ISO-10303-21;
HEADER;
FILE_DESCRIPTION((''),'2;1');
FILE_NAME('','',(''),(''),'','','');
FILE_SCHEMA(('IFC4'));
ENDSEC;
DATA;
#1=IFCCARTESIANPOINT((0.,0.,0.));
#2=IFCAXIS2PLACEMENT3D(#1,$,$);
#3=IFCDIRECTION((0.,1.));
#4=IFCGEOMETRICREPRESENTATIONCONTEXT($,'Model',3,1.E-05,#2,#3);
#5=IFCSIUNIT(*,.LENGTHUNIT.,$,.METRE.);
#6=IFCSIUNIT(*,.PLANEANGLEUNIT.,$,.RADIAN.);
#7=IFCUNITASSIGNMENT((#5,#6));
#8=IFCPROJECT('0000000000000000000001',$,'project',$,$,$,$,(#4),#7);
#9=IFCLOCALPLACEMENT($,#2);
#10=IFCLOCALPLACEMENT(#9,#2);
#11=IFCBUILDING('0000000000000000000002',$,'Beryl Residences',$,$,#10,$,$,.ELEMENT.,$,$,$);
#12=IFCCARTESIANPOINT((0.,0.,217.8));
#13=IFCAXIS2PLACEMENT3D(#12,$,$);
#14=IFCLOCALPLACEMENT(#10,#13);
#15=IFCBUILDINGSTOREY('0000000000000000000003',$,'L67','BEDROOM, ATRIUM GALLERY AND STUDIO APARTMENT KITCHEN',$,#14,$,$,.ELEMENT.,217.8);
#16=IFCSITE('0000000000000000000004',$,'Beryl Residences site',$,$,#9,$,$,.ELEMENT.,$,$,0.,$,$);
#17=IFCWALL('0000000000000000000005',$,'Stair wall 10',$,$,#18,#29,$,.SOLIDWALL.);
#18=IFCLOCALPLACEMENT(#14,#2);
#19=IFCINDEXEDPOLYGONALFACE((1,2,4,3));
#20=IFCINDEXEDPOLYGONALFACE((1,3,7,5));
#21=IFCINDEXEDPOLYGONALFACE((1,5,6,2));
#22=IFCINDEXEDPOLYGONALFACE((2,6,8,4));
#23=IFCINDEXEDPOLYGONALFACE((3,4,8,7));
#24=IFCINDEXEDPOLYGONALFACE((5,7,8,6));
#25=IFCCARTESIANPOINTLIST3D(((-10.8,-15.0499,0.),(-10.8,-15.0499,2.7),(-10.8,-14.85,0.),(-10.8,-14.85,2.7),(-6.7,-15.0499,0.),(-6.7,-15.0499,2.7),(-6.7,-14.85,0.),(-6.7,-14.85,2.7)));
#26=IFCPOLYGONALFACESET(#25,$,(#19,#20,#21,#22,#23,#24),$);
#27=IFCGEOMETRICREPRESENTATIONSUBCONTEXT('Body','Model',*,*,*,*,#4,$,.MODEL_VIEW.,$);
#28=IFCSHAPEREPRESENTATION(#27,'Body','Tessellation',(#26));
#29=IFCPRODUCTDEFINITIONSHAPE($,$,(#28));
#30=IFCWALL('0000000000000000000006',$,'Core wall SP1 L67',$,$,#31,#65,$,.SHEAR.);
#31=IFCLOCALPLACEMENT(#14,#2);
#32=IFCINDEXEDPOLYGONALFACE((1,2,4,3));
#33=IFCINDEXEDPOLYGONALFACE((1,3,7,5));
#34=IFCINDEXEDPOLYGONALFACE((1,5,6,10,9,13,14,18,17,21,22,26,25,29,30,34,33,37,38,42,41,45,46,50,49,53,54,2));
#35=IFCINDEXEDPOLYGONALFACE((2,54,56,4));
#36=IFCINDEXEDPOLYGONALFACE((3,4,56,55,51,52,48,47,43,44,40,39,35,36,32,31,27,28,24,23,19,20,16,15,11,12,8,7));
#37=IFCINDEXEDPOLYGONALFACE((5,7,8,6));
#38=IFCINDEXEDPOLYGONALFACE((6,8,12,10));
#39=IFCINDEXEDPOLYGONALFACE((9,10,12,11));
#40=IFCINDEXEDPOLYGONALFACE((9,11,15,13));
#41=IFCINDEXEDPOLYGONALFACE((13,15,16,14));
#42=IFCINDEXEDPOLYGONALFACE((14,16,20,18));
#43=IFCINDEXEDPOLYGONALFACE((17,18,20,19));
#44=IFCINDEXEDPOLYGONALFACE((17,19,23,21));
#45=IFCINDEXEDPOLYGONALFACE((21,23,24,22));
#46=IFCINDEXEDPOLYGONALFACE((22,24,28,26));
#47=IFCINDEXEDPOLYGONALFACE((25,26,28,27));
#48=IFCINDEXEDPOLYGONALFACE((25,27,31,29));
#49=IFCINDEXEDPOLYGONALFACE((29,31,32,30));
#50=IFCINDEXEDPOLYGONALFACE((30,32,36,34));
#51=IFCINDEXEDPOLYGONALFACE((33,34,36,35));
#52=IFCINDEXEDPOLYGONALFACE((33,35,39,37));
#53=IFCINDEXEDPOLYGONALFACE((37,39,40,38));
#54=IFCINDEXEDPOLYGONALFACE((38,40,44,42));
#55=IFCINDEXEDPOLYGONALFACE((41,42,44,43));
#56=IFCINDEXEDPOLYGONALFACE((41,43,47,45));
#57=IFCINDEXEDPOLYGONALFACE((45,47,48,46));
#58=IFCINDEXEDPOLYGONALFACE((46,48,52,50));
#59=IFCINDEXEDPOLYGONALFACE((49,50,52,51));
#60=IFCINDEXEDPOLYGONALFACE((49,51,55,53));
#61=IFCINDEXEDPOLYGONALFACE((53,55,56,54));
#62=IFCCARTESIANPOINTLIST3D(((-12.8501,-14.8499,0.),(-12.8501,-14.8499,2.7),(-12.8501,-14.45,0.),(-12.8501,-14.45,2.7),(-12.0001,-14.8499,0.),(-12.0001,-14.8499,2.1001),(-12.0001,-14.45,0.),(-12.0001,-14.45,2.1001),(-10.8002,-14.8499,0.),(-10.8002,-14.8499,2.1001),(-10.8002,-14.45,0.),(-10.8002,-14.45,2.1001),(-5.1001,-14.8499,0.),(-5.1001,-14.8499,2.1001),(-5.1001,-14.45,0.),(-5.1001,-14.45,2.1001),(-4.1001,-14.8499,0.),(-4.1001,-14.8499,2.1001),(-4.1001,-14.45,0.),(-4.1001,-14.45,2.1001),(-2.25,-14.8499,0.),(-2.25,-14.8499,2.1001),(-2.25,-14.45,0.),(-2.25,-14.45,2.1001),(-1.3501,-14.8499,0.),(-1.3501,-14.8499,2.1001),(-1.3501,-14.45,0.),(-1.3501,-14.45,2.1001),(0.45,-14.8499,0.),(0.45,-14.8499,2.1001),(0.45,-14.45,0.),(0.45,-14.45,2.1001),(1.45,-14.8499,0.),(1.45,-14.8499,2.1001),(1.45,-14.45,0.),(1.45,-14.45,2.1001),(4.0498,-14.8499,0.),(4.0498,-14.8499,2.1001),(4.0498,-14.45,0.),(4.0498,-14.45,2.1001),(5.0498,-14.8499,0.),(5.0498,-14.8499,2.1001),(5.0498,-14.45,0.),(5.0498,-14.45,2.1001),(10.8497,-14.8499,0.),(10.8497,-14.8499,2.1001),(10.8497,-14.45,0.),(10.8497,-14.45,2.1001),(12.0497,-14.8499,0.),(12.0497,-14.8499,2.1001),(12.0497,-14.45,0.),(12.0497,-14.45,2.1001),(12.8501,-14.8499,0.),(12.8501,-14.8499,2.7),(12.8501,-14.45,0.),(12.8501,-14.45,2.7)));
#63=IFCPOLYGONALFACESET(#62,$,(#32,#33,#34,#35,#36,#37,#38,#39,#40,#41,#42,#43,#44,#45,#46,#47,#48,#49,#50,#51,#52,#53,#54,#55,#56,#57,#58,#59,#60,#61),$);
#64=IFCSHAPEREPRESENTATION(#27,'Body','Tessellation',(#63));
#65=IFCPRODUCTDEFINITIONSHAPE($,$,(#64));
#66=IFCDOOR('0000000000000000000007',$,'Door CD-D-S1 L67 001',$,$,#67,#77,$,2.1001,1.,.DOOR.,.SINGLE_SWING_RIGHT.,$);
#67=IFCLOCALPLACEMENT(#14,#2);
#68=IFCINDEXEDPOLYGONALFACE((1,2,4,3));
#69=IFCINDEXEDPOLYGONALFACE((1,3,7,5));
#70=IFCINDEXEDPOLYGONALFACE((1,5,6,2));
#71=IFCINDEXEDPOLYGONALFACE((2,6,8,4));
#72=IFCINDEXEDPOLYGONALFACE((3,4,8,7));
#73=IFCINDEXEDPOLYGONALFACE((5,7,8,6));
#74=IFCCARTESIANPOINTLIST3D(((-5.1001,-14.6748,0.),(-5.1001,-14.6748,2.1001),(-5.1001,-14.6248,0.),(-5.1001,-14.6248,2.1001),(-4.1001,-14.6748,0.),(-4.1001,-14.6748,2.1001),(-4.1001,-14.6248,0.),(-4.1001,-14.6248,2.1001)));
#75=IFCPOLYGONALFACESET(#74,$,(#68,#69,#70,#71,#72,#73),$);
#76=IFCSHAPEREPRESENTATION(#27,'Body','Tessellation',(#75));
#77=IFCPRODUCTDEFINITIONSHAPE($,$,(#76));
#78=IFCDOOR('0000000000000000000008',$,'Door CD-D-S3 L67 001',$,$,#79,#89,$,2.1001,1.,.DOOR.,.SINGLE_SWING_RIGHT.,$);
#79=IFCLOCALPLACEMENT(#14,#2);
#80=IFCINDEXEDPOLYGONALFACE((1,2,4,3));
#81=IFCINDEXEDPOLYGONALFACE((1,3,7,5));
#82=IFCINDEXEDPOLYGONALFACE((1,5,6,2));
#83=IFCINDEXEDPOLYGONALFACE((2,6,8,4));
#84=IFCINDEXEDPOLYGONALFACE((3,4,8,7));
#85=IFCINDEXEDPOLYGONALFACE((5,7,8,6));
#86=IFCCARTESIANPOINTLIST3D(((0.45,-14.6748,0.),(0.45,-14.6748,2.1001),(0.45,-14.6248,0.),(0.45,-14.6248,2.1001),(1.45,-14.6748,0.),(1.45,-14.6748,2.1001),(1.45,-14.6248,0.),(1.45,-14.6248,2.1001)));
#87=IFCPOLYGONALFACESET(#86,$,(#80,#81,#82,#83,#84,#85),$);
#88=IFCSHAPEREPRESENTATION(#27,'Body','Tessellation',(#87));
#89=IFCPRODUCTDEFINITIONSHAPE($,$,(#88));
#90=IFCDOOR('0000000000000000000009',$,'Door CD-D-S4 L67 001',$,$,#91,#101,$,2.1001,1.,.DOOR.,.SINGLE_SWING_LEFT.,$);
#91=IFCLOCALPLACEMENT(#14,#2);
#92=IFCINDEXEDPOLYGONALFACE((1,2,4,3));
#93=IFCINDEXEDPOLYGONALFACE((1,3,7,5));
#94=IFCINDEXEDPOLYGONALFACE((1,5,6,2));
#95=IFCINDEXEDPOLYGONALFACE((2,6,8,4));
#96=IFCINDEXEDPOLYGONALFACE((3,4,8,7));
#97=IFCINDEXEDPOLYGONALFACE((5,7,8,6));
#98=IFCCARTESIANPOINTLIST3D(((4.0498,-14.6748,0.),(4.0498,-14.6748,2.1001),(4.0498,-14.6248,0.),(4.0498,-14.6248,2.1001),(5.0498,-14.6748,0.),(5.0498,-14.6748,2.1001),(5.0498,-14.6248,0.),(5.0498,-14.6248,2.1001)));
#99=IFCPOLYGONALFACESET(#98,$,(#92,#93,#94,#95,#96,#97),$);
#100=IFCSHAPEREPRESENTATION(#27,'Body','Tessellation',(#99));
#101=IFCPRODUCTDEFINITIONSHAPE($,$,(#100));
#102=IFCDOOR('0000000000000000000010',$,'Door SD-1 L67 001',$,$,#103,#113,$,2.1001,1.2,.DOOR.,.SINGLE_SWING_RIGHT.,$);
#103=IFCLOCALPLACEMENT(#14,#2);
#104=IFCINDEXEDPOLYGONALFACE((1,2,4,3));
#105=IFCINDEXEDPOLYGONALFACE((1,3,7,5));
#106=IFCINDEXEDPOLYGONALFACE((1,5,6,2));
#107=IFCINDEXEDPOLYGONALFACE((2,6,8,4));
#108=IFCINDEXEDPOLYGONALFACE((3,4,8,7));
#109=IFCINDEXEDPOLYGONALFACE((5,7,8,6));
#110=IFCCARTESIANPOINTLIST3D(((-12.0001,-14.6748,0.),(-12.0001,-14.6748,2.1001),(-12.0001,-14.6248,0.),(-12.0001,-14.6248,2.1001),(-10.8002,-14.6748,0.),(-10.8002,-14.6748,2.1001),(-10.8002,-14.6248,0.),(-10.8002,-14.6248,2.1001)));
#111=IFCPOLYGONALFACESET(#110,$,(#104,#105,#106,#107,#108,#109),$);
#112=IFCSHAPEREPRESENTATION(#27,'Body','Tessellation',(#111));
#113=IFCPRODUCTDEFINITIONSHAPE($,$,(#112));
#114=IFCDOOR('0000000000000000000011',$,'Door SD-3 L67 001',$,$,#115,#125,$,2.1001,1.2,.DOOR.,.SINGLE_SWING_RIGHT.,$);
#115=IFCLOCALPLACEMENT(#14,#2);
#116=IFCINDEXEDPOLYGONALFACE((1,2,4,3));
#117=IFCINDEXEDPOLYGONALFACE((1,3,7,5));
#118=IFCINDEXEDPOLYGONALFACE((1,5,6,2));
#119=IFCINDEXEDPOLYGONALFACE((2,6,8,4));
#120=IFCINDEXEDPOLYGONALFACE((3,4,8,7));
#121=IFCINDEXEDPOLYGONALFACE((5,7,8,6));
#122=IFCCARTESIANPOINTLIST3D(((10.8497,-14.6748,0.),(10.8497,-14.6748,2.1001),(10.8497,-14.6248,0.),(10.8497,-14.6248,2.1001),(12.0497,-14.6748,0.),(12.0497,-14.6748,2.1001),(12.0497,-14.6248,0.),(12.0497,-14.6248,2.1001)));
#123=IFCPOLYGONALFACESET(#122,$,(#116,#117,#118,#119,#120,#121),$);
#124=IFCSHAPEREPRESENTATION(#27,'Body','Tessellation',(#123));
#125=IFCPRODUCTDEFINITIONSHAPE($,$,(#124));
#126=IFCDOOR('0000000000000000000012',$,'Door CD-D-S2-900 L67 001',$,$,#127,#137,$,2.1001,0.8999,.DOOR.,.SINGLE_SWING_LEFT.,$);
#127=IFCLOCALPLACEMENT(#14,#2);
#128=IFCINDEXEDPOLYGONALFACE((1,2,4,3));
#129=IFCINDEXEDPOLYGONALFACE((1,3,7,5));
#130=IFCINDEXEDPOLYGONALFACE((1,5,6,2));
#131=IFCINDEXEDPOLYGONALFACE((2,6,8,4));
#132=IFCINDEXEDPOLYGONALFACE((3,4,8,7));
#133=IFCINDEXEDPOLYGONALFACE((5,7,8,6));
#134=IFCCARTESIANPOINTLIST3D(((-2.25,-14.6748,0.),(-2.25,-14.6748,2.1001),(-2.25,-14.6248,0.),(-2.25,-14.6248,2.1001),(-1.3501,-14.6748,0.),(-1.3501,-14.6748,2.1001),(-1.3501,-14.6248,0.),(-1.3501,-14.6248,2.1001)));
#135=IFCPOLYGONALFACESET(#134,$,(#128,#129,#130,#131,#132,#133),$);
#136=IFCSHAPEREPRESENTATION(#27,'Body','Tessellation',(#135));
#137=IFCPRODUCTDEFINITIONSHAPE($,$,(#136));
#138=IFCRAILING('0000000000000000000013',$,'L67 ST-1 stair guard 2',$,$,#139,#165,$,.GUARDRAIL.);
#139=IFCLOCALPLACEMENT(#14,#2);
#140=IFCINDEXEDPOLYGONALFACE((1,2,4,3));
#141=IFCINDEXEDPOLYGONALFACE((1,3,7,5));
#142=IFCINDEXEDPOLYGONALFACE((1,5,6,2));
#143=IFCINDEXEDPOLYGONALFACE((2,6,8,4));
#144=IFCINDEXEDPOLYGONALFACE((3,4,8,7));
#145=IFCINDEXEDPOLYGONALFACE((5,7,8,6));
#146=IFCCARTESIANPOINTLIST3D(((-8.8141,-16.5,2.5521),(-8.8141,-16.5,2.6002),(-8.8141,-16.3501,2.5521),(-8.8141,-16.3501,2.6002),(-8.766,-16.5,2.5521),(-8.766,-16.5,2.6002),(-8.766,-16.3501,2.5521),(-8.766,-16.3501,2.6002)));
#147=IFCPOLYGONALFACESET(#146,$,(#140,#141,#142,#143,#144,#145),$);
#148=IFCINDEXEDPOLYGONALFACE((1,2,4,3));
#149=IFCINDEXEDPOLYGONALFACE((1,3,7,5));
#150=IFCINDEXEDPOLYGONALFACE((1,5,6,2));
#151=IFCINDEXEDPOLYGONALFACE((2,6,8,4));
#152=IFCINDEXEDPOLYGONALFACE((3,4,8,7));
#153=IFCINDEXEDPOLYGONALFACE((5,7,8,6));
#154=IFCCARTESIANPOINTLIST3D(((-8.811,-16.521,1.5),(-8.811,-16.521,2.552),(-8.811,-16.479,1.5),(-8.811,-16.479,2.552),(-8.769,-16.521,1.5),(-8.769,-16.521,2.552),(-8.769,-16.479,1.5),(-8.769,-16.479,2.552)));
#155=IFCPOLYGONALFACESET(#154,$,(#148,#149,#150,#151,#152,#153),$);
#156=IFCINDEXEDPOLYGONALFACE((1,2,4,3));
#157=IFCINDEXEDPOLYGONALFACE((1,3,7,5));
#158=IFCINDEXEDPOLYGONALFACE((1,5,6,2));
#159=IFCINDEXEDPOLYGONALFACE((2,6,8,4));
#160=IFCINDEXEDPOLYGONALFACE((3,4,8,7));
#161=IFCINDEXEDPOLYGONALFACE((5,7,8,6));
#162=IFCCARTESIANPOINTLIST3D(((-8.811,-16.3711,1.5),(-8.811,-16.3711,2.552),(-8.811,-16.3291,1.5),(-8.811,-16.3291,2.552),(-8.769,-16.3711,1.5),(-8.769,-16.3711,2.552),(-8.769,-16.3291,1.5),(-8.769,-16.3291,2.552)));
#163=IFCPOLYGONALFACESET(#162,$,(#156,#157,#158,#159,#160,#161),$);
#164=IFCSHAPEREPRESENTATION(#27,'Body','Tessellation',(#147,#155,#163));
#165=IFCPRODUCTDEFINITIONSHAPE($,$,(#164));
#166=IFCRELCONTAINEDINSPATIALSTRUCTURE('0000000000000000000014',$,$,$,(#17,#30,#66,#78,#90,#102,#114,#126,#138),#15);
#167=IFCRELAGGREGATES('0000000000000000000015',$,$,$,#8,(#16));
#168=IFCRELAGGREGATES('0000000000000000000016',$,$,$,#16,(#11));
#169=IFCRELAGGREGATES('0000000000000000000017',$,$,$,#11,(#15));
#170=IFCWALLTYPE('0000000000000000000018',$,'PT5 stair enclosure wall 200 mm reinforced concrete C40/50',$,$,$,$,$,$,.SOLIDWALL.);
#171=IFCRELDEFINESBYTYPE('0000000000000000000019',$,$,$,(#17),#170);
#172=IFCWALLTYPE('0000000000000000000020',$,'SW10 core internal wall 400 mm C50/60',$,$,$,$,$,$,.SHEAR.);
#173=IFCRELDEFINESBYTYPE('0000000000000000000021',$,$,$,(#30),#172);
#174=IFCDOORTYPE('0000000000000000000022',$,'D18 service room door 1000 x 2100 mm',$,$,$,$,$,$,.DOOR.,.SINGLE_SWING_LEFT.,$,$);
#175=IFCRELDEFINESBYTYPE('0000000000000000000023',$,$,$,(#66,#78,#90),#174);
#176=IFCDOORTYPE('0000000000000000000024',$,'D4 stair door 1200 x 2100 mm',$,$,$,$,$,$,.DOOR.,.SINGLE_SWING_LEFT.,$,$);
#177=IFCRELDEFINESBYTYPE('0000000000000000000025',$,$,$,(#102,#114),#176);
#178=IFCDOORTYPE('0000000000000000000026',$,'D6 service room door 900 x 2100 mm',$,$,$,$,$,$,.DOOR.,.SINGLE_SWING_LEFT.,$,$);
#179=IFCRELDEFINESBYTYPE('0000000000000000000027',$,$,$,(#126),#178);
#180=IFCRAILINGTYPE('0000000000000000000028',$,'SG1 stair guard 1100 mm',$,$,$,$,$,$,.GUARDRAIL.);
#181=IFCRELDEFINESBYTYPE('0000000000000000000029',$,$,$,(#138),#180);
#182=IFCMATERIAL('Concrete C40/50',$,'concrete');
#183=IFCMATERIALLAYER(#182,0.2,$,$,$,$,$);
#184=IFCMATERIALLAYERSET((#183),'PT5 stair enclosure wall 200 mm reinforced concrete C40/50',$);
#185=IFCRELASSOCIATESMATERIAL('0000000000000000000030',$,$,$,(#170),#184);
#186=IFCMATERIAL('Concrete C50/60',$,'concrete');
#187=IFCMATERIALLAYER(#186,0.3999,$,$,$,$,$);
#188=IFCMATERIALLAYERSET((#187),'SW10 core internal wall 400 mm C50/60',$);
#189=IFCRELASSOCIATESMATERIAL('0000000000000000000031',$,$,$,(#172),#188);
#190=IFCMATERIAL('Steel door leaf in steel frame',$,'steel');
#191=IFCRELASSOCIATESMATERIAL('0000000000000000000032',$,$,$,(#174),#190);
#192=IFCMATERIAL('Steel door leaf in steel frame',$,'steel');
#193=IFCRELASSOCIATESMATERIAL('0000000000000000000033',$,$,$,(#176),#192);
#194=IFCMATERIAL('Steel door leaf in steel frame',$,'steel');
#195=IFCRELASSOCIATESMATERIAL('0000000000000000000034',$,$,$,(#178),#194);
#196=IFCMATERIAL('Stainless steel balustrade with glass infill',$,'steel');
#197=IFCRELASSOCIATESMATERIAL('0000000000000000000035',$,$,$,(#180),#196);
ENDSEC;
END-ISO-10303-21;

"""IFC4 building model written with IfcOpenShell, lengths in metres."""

from ifc_helpers import new_model, si_unit, direction, frame, frame_2d, origin, origin_2d, place, context, subcontext, project, spatial, rectangle, extrude, material, layer, layer_set, type_object, element, fill, save


model = new_model("IFC4")

# Units and contexts
model_context = context("Model", 3, precision=1e-05, world=origin(), true_north=direction((0.0, 1.0)))
body_context = subcontext(model_context, "Body", "Model", "MODEL_VIEW")
ifc_project = project(units=[si_unit("LENGTHUNIT", "METRE"), si_unit("PLANEANGLEUNIT", "RADIAN")], contexts=[model_context])

# Site, building, storey
site_placement = place(None, origin())
site = spatial("IfcSite", under=ifc_project, at=site_placement, Name="Beryl Residences site", CompositionType="ELEMENT", RefElevation=0.0)
building_placement = place(site_placement, origin())
building = spatial("IfcBuilding", under=site, at=building_placement, Name="Beryl Residences", CompositionType="ELEMENT")
storey_placement = place(building_placement, frame((0.0, 0.0, 217.8)))
storey = spatial("IfcBuildingStorey", under=building, at=storey_placement, Name="L67", Description="BEDROOM, ATRIUM GALLERY AND STUDIO APARTMENT KITCHEN", CompositionType="ELEMENT", Elevation=217.8)

# Wall
ifc_material_1 = material(Name="Concrete C40/50", Category="concrete")
ifc_layer_1 = layer(ifc_material_1, 0.2)
ifc_layer_set_1 = layer_set([ifc_layer_1], Name="PT5 stair enclosure wall 200 mm reinforced concrete C40/50")
wall_type_1 = type_object("IfcWallType", Name="PT5 stair enclosure wall 200 mm reinforced concrete C40/50", PredefinedType="SOLIDWALL", material=ifc_layer_set_1)
wall_1_placement = place(storey_placement, frame((-10.8, -14.95, 0.0), z_axis=(0.0, 0.0, 1.0), x_axis=(1.0, 0.0, 0.0)))
element("IfcWall", 1, at=wall_1_placement, inside=storey, type_object=wall_type_1, Name="Stair wall 10", PredefinedType="SOLIDWALL", context=body_context, shape_type="SweptSolid", body=[
    extrude(rectangle(XDim=4.1001, YDim=0.2, at=frame_2d((2.05, 0.0))), origin(), (0.0, 0.0, 1.0), 2.7),
])

# Wall, openings, doors
ifc_material_2 = material(Name="Concrete C50/60", Category="concrete")
ifc_layer_2 = layer(ifc_material_2, 0.3999)
ifc_layer_set_2 = layer_set([ifc_layer_2], Name="SW10 core internal wall 400 mm C50/60")
wall_type_2 = type_object("IfcWallType", Name="SW10 core internal wall 400 mm C50/60", PredefinedType="SHEAR", material=ifc_layer_set_2)
wall_2_placement = place(storey_placement, frame((-12.8501, -14.6499, 0.0), z_axis=(0.0, 0.0, 1.0), x_axis=(1.0, 0.0, 0.0)))
wall_2 = element("IfcWall", 2, at=wall_2_placement, inside=storey, type_object=wall_type_2, Name="Core wall SP1 L67", PredefinedType="SHEAR", context=body_context, shape_type="SweptSolid", body=[
    extrude(rectangle(XDim=25.7002, YDim=0.3999, at=frame_2d((12.8501, 0.0))), origin(), (0.0, 0.0, 1.0), 2.7),
])
opening_1_placement = place(wall_2_placement, frame((2.05, 0.0, 0.0), z_axis=(0.0, 0.0, 1.0), x_axis=(-1.0, 0.0, 0.0)))
opening_1 = element("IfcOpeningElement", 3, at=opening_1_placement, cuts=wall_2, PredefinedType="OPENING", context=body_context, shape_type="SweptSolid", body=[
    extrude(rectangle(XDim=1.2, YDim=2.1001, at=frame_2d((0.6001, 1.05))), frame((0.0, 0.21, 0.0), z_axis=(0.0, -1.0, 0.0), x_axis=(1.0, 0.0, 0.0)), (0.0, 0.0, 1.0), 0.4199),
])
opening_2_placement = place(wall_2_placement, frame((24.8999, 0.0, 0.0), z_axis=(0.0, 0.0, 1.0), x_axis=(-1.0, 0.0, 0.0)))
opening_2 = element("IfcOpeningElement", 4, at=opening_2_placement, cuts=wall_2, PredefinedType="OPENING", context=body_context, shape_type="SweptSolid", body=[
    extrude(rectangle(XDim=1.2, YDim=2.1001, at=frame_2d((0.6001, 1.05))), frame((0.0, 0.21, 0.0), z_axis=(0.0, -1.0, 0.0), x_axis=(1.0, 0.0, 0.0)), (0.0, 0.0, 1.0), 0.4199),
])
opening_3_placement = place(wall_2_placement, frame((8.75, 0.0, 0.0), z_axis=(0.0, 0.0, 1.0), x_axis=(-1.0, 0.0, 0.0)))
opening_3 = element("IfcOpeningElement", 5, at=opening_3_placement, cuts=wall_2, PredefinedType="OPENING", context=body_context, shape_type="SweptSolid", body=[
    extrude(rectangle(XDim=1.0, YDim=2.1001, at=frame_2d((0.5, 1.05))), frame((0.0, 0.21, 0.0), z_axis=(0.0, -1.0, 0.0), x_axis=(1.0, 0.0, 0.0)), (0.0, 0.0, 1.0), 0.4199),
])
opening_4_placement = place(wall_2_placement, frame((11.5, 0.0, 0.0), z_axis=(0.0, 0.0, 1.0), x_axis=(-1.0, 0.0, 0.0)))
opening_4 = element("IfcOpeningElement", 6, at=opening_4_placement, cuts=wall_2, PredefinedType="OPENING", context=body_context, shape_type="SweptSolid", body=[
    extrude(rectangle(XDim=0.8999, YDim=2.1001, at=frame_2d((0.45, 1.05))), frame((0.0, 0.21, 0.0), z_axis=(0.0, -1.0, 0.0), x_axis=(1.0, 0.0, 0.0)), (0.0, 0.0, 1.0), 0.4199),
])
opening_5_placement = place(wall_2_placement, frame((14.3, 0.0, 0.0), z_axis=(0.0, 0.0, 1.0), x_axis=(-1.0, 0.0, 0.0)))
opening_5 = element("IfcOpeningElement", 7, at=opening_5_placement, cuts=wall_2, PredefinedType="OPENING", context=body_context, shape_type="SweptSolid", body=[
    extrude(rectangle(XDim=1.0, YDim=2.1001, at=frame_2d((0.5, 1.05))), frame((0.0, 0.21, 0.0), z_axis=(0.0, -1.0, 0.0), x_axis=(1.0, 0.0, 0.0)), (0.0, 0.0, 1.0), 0.4199),
])
opening_6_placement = place(wall_2_placement, frame((17.8999, 0.0, 0.0), z_axis=(0.0, 0.0, 1.0), x_axis=(-1.0, 0.0, 0.0)))
opening_6 = element("IfcOpeningElement", 8, at=opening_6_placement, cuts=wall_2, PredefinedType="OPENING", context=body_context, shape_type="SweptSolid", body=[
    extrude(rectangle(XDim=1.0, YDim=2.1001, at=frame_2d((0.5, 1.05))), frame((0.0, 0.21, 0.0), z_axis=(0.0, -1.0, 0.0), x_axis=(1.0, 0.0, 0.0)), (0.0, 0.0, 1.0), 0.4199),
])
ifc_material_3 = material(Name="Steel door leaf in steel frame", Category="steel")
door_type_1 = type_object("IfcDoorType", Name="D18 service room door 1000 x 2100 mm", OperationType="SINGLE_SWING_LEFT", PredefinedType="DOOR", material=ifc_material_3)
door_1_placement = place(opening_3_placement, origin())
door_1 = element("IfcDoor", 9, at=door_1_placement, inside=storey, type_object=door_type_1, Name="Door CD-D-S1 L67 001", OperationType="SINGLE_SWING_RIGHT", OverallHeight=2.1001, OverallWidth=1.0, PredefinedType="DOOR", context=body_context, shape_type="SweptSolid", body=[
    extrude(rectangle(XDim=1.0, YDim=2.1001, at=frame_2d((0.5, 1.05))), frame((0.0, 0.0249, 0.0), z_axis=(0.0, -1.0, 0.0), x_axis=(1.0, 0.0, 0.0)), (0.0, 0.0, 1.0), 0.05),
])
fill(opening_3, door_1)
door_2_placement = place(opening_5_placement, origin())
door_2 = element("IfcDoor", 10, at=door_2_placement, inside=storey, type_object=door_type_1, Name="Door CD-D-S3 L67 001", OperationType="SINGLE_SWING_RIGHT", OverallHeight=2.1001, OverallWidth=1.0, PredefinedType="DOOR", context=body_context, shape_type="SweptSolid", body=[
    extrude(rectangle(XDim=1.0, YDim=2.1001, at=frame_2d((0.5, 1.05))), frame((0.0, 0.0249, 0.0), z_axis=(0.0, -1.0, 0.0), x_axis=(1.0, 0.0, 0.0)), (0.0, 0.0, 1.0), 0.05),
])
fill(opening_5, door_2)
door_3_placement = place(opening_6_placement, origin())
door_3 = element("IfcDoor", 11, at=door_3_placement, inside=storey, type_object=door_type_1, Name="Door CD-D-S4 L67 001", OperationType="SINGLE_SWING_LEFT", OverallHeight=2.1001, OverallWidth=1.0, PredefinedType="DOOR", context=body_context, shape_type="SweptSolid", body=[
    extrude(rectangle(XDim=1.0, YDim=2.1001, at=frame_2d((0.5, 1.05))), frame((0.0, 0.0249, 0.0), z_axis=(0.0, -1.0, 0.0), x_axis=(1.0, 0.0, 0.0)), (0.0, 0.0, 1.0), 0.05),
])
fill(opening_6, door_3)
ifc_material_4 = material(Name="Steel door leaf in steel frame", Category="steel")
door_type_2 = type_object("IfcDoorType", Name="D4 stair door 1200 x 2100 mm", OperationType="SINGLE_SWING_LEFT", PredefinedType="DOOR", material=ifc_material_4)
door_4_placement = place(opening_1_placement, origin())
door_4 = element("IfcDoor", 12, at=door_4_placement, inside=storey, type_object=door_type_2, Name="Door SD-1 L67 001", OperationType="SINGLE_SWING_RIGHT", OverallHeight=2.1001, OverallWidth=1.2, PredefinedType="DOOR", context=body_context, shape_type="SweptSolid", body=[
    extrude(rectangle(XDim=1.2, YDim=2.1001, at=frame_2d((0.6001, 1.05))), frame((0.0, 0.0249, 0.0), z_axis=(0.0, -1.0, 0.0), x_axis=(1.0, 0.0, 0.0)), (0.0, 0.0, 1.0), 0.05),
])
fill(opening_1, door_4)
door_5_placement = place(opening_2_placement, origin())
door_5 = element("IfcDoor", 13, at=door_5_placement, inside=storey, type_object=door_type_2, Name="Door SD-3 L67 001", OperationType="SINGLE_SWING_RIGHT", OverallHeight=2.1001, OverallWidth=1.2, PredefinedType="DOOR", context=body_context, shape_type="SweptSolid", body=[
    extrude(rectangle(XDim=1.2, YDim=2.1001, at=frame_2d((0.6001, 1.05))), frame((0.0, 0.0249, 0.0), z_axis=(0.0, -1.0, 0.0), x_axis=(1.0, 0.0, 0.0)), (0.0, 0.0, 1.0), 0.05),
])
fill(opening_2, door_5)
ifc_material_5 = material(Name="Steel door leaf in steel frame", Category="steel")
door_type_3 = type_object("IfcDoorType", Name="D6 service room door 900 x 2100 mm", OperationType="SINGLE_SWING_LEFT", PredefinedType="DOOR", material=ifc_material_5)
door_6_placement = place(opening_4_placement, origin())
door_6 = element("IfcDoor", 14, at=door_6_placement, inside=storey, type_object=door_type_3, Name="Door CD-D-S2-900 L67 001", OperationType="SINGLE_SWING_LEFT", OverallHeight=2.1001, OverallWidth=0.8999, PredefinedType="DOOR", context=body_context, shape_type="SweptSolid", body=[
    extrude(rectangle(XDim=0.8999, YDim=2.1001, at=frame_2d((0.45, 1.05))), frame((0.0, 0.0249, 0.0), z_axis=(0.0, -1.0, 0.0), x_axis=(1.0, 0.0, 0.0)), (0.0, 0.0, 1.0), 0.05),
])
fill(opening_4, door_6)

# Railing
ifc_material_6 = material(Name="Stainless steel balustrade with glass infill", Category="steel")
railing_type_1 = type_object("IfcRailingType", Name="SG1 stair guard 1100 mm", PredefinedType="GUARDRAIL", material=ifc_material_6)
railing_1_placement = place(storey_placement, frame((-8.79, -16.5, 1.5)))
element("IfcRailing", 15, at=railing_1_placement, inside=storey, type_object=railing_type_1, Name="L67 ST-1 stair guard 2", PredefinedType="GUARDRAIL", context=body_context, shape_type="SweptSolid", body=[
    extrude(rectangle(XDim=0.0481, YDim=0.0481, at=origin_2d()), frame((0.0, 0.0, 1.0762), z_axis=(0.0, 1.0, 0.0), x_axis=(-1.0, 0.0, 0.0)), (0.0, 0.0, 1.0), 0.1499),
    extrude(rectangle(XDim=0.042, YDim=0.042, at=origin_2d()), origin(), (0.0, 0.0, 1.0), 1.052),
    extrude(rectangle(XDim=0.042, YDim=0.042, at=origin_2d()), frame((0.0, 0.1499, 0.0)), (0.0, 0.0, 1.0), 1.052),
])

save(model, "model.ifc")
